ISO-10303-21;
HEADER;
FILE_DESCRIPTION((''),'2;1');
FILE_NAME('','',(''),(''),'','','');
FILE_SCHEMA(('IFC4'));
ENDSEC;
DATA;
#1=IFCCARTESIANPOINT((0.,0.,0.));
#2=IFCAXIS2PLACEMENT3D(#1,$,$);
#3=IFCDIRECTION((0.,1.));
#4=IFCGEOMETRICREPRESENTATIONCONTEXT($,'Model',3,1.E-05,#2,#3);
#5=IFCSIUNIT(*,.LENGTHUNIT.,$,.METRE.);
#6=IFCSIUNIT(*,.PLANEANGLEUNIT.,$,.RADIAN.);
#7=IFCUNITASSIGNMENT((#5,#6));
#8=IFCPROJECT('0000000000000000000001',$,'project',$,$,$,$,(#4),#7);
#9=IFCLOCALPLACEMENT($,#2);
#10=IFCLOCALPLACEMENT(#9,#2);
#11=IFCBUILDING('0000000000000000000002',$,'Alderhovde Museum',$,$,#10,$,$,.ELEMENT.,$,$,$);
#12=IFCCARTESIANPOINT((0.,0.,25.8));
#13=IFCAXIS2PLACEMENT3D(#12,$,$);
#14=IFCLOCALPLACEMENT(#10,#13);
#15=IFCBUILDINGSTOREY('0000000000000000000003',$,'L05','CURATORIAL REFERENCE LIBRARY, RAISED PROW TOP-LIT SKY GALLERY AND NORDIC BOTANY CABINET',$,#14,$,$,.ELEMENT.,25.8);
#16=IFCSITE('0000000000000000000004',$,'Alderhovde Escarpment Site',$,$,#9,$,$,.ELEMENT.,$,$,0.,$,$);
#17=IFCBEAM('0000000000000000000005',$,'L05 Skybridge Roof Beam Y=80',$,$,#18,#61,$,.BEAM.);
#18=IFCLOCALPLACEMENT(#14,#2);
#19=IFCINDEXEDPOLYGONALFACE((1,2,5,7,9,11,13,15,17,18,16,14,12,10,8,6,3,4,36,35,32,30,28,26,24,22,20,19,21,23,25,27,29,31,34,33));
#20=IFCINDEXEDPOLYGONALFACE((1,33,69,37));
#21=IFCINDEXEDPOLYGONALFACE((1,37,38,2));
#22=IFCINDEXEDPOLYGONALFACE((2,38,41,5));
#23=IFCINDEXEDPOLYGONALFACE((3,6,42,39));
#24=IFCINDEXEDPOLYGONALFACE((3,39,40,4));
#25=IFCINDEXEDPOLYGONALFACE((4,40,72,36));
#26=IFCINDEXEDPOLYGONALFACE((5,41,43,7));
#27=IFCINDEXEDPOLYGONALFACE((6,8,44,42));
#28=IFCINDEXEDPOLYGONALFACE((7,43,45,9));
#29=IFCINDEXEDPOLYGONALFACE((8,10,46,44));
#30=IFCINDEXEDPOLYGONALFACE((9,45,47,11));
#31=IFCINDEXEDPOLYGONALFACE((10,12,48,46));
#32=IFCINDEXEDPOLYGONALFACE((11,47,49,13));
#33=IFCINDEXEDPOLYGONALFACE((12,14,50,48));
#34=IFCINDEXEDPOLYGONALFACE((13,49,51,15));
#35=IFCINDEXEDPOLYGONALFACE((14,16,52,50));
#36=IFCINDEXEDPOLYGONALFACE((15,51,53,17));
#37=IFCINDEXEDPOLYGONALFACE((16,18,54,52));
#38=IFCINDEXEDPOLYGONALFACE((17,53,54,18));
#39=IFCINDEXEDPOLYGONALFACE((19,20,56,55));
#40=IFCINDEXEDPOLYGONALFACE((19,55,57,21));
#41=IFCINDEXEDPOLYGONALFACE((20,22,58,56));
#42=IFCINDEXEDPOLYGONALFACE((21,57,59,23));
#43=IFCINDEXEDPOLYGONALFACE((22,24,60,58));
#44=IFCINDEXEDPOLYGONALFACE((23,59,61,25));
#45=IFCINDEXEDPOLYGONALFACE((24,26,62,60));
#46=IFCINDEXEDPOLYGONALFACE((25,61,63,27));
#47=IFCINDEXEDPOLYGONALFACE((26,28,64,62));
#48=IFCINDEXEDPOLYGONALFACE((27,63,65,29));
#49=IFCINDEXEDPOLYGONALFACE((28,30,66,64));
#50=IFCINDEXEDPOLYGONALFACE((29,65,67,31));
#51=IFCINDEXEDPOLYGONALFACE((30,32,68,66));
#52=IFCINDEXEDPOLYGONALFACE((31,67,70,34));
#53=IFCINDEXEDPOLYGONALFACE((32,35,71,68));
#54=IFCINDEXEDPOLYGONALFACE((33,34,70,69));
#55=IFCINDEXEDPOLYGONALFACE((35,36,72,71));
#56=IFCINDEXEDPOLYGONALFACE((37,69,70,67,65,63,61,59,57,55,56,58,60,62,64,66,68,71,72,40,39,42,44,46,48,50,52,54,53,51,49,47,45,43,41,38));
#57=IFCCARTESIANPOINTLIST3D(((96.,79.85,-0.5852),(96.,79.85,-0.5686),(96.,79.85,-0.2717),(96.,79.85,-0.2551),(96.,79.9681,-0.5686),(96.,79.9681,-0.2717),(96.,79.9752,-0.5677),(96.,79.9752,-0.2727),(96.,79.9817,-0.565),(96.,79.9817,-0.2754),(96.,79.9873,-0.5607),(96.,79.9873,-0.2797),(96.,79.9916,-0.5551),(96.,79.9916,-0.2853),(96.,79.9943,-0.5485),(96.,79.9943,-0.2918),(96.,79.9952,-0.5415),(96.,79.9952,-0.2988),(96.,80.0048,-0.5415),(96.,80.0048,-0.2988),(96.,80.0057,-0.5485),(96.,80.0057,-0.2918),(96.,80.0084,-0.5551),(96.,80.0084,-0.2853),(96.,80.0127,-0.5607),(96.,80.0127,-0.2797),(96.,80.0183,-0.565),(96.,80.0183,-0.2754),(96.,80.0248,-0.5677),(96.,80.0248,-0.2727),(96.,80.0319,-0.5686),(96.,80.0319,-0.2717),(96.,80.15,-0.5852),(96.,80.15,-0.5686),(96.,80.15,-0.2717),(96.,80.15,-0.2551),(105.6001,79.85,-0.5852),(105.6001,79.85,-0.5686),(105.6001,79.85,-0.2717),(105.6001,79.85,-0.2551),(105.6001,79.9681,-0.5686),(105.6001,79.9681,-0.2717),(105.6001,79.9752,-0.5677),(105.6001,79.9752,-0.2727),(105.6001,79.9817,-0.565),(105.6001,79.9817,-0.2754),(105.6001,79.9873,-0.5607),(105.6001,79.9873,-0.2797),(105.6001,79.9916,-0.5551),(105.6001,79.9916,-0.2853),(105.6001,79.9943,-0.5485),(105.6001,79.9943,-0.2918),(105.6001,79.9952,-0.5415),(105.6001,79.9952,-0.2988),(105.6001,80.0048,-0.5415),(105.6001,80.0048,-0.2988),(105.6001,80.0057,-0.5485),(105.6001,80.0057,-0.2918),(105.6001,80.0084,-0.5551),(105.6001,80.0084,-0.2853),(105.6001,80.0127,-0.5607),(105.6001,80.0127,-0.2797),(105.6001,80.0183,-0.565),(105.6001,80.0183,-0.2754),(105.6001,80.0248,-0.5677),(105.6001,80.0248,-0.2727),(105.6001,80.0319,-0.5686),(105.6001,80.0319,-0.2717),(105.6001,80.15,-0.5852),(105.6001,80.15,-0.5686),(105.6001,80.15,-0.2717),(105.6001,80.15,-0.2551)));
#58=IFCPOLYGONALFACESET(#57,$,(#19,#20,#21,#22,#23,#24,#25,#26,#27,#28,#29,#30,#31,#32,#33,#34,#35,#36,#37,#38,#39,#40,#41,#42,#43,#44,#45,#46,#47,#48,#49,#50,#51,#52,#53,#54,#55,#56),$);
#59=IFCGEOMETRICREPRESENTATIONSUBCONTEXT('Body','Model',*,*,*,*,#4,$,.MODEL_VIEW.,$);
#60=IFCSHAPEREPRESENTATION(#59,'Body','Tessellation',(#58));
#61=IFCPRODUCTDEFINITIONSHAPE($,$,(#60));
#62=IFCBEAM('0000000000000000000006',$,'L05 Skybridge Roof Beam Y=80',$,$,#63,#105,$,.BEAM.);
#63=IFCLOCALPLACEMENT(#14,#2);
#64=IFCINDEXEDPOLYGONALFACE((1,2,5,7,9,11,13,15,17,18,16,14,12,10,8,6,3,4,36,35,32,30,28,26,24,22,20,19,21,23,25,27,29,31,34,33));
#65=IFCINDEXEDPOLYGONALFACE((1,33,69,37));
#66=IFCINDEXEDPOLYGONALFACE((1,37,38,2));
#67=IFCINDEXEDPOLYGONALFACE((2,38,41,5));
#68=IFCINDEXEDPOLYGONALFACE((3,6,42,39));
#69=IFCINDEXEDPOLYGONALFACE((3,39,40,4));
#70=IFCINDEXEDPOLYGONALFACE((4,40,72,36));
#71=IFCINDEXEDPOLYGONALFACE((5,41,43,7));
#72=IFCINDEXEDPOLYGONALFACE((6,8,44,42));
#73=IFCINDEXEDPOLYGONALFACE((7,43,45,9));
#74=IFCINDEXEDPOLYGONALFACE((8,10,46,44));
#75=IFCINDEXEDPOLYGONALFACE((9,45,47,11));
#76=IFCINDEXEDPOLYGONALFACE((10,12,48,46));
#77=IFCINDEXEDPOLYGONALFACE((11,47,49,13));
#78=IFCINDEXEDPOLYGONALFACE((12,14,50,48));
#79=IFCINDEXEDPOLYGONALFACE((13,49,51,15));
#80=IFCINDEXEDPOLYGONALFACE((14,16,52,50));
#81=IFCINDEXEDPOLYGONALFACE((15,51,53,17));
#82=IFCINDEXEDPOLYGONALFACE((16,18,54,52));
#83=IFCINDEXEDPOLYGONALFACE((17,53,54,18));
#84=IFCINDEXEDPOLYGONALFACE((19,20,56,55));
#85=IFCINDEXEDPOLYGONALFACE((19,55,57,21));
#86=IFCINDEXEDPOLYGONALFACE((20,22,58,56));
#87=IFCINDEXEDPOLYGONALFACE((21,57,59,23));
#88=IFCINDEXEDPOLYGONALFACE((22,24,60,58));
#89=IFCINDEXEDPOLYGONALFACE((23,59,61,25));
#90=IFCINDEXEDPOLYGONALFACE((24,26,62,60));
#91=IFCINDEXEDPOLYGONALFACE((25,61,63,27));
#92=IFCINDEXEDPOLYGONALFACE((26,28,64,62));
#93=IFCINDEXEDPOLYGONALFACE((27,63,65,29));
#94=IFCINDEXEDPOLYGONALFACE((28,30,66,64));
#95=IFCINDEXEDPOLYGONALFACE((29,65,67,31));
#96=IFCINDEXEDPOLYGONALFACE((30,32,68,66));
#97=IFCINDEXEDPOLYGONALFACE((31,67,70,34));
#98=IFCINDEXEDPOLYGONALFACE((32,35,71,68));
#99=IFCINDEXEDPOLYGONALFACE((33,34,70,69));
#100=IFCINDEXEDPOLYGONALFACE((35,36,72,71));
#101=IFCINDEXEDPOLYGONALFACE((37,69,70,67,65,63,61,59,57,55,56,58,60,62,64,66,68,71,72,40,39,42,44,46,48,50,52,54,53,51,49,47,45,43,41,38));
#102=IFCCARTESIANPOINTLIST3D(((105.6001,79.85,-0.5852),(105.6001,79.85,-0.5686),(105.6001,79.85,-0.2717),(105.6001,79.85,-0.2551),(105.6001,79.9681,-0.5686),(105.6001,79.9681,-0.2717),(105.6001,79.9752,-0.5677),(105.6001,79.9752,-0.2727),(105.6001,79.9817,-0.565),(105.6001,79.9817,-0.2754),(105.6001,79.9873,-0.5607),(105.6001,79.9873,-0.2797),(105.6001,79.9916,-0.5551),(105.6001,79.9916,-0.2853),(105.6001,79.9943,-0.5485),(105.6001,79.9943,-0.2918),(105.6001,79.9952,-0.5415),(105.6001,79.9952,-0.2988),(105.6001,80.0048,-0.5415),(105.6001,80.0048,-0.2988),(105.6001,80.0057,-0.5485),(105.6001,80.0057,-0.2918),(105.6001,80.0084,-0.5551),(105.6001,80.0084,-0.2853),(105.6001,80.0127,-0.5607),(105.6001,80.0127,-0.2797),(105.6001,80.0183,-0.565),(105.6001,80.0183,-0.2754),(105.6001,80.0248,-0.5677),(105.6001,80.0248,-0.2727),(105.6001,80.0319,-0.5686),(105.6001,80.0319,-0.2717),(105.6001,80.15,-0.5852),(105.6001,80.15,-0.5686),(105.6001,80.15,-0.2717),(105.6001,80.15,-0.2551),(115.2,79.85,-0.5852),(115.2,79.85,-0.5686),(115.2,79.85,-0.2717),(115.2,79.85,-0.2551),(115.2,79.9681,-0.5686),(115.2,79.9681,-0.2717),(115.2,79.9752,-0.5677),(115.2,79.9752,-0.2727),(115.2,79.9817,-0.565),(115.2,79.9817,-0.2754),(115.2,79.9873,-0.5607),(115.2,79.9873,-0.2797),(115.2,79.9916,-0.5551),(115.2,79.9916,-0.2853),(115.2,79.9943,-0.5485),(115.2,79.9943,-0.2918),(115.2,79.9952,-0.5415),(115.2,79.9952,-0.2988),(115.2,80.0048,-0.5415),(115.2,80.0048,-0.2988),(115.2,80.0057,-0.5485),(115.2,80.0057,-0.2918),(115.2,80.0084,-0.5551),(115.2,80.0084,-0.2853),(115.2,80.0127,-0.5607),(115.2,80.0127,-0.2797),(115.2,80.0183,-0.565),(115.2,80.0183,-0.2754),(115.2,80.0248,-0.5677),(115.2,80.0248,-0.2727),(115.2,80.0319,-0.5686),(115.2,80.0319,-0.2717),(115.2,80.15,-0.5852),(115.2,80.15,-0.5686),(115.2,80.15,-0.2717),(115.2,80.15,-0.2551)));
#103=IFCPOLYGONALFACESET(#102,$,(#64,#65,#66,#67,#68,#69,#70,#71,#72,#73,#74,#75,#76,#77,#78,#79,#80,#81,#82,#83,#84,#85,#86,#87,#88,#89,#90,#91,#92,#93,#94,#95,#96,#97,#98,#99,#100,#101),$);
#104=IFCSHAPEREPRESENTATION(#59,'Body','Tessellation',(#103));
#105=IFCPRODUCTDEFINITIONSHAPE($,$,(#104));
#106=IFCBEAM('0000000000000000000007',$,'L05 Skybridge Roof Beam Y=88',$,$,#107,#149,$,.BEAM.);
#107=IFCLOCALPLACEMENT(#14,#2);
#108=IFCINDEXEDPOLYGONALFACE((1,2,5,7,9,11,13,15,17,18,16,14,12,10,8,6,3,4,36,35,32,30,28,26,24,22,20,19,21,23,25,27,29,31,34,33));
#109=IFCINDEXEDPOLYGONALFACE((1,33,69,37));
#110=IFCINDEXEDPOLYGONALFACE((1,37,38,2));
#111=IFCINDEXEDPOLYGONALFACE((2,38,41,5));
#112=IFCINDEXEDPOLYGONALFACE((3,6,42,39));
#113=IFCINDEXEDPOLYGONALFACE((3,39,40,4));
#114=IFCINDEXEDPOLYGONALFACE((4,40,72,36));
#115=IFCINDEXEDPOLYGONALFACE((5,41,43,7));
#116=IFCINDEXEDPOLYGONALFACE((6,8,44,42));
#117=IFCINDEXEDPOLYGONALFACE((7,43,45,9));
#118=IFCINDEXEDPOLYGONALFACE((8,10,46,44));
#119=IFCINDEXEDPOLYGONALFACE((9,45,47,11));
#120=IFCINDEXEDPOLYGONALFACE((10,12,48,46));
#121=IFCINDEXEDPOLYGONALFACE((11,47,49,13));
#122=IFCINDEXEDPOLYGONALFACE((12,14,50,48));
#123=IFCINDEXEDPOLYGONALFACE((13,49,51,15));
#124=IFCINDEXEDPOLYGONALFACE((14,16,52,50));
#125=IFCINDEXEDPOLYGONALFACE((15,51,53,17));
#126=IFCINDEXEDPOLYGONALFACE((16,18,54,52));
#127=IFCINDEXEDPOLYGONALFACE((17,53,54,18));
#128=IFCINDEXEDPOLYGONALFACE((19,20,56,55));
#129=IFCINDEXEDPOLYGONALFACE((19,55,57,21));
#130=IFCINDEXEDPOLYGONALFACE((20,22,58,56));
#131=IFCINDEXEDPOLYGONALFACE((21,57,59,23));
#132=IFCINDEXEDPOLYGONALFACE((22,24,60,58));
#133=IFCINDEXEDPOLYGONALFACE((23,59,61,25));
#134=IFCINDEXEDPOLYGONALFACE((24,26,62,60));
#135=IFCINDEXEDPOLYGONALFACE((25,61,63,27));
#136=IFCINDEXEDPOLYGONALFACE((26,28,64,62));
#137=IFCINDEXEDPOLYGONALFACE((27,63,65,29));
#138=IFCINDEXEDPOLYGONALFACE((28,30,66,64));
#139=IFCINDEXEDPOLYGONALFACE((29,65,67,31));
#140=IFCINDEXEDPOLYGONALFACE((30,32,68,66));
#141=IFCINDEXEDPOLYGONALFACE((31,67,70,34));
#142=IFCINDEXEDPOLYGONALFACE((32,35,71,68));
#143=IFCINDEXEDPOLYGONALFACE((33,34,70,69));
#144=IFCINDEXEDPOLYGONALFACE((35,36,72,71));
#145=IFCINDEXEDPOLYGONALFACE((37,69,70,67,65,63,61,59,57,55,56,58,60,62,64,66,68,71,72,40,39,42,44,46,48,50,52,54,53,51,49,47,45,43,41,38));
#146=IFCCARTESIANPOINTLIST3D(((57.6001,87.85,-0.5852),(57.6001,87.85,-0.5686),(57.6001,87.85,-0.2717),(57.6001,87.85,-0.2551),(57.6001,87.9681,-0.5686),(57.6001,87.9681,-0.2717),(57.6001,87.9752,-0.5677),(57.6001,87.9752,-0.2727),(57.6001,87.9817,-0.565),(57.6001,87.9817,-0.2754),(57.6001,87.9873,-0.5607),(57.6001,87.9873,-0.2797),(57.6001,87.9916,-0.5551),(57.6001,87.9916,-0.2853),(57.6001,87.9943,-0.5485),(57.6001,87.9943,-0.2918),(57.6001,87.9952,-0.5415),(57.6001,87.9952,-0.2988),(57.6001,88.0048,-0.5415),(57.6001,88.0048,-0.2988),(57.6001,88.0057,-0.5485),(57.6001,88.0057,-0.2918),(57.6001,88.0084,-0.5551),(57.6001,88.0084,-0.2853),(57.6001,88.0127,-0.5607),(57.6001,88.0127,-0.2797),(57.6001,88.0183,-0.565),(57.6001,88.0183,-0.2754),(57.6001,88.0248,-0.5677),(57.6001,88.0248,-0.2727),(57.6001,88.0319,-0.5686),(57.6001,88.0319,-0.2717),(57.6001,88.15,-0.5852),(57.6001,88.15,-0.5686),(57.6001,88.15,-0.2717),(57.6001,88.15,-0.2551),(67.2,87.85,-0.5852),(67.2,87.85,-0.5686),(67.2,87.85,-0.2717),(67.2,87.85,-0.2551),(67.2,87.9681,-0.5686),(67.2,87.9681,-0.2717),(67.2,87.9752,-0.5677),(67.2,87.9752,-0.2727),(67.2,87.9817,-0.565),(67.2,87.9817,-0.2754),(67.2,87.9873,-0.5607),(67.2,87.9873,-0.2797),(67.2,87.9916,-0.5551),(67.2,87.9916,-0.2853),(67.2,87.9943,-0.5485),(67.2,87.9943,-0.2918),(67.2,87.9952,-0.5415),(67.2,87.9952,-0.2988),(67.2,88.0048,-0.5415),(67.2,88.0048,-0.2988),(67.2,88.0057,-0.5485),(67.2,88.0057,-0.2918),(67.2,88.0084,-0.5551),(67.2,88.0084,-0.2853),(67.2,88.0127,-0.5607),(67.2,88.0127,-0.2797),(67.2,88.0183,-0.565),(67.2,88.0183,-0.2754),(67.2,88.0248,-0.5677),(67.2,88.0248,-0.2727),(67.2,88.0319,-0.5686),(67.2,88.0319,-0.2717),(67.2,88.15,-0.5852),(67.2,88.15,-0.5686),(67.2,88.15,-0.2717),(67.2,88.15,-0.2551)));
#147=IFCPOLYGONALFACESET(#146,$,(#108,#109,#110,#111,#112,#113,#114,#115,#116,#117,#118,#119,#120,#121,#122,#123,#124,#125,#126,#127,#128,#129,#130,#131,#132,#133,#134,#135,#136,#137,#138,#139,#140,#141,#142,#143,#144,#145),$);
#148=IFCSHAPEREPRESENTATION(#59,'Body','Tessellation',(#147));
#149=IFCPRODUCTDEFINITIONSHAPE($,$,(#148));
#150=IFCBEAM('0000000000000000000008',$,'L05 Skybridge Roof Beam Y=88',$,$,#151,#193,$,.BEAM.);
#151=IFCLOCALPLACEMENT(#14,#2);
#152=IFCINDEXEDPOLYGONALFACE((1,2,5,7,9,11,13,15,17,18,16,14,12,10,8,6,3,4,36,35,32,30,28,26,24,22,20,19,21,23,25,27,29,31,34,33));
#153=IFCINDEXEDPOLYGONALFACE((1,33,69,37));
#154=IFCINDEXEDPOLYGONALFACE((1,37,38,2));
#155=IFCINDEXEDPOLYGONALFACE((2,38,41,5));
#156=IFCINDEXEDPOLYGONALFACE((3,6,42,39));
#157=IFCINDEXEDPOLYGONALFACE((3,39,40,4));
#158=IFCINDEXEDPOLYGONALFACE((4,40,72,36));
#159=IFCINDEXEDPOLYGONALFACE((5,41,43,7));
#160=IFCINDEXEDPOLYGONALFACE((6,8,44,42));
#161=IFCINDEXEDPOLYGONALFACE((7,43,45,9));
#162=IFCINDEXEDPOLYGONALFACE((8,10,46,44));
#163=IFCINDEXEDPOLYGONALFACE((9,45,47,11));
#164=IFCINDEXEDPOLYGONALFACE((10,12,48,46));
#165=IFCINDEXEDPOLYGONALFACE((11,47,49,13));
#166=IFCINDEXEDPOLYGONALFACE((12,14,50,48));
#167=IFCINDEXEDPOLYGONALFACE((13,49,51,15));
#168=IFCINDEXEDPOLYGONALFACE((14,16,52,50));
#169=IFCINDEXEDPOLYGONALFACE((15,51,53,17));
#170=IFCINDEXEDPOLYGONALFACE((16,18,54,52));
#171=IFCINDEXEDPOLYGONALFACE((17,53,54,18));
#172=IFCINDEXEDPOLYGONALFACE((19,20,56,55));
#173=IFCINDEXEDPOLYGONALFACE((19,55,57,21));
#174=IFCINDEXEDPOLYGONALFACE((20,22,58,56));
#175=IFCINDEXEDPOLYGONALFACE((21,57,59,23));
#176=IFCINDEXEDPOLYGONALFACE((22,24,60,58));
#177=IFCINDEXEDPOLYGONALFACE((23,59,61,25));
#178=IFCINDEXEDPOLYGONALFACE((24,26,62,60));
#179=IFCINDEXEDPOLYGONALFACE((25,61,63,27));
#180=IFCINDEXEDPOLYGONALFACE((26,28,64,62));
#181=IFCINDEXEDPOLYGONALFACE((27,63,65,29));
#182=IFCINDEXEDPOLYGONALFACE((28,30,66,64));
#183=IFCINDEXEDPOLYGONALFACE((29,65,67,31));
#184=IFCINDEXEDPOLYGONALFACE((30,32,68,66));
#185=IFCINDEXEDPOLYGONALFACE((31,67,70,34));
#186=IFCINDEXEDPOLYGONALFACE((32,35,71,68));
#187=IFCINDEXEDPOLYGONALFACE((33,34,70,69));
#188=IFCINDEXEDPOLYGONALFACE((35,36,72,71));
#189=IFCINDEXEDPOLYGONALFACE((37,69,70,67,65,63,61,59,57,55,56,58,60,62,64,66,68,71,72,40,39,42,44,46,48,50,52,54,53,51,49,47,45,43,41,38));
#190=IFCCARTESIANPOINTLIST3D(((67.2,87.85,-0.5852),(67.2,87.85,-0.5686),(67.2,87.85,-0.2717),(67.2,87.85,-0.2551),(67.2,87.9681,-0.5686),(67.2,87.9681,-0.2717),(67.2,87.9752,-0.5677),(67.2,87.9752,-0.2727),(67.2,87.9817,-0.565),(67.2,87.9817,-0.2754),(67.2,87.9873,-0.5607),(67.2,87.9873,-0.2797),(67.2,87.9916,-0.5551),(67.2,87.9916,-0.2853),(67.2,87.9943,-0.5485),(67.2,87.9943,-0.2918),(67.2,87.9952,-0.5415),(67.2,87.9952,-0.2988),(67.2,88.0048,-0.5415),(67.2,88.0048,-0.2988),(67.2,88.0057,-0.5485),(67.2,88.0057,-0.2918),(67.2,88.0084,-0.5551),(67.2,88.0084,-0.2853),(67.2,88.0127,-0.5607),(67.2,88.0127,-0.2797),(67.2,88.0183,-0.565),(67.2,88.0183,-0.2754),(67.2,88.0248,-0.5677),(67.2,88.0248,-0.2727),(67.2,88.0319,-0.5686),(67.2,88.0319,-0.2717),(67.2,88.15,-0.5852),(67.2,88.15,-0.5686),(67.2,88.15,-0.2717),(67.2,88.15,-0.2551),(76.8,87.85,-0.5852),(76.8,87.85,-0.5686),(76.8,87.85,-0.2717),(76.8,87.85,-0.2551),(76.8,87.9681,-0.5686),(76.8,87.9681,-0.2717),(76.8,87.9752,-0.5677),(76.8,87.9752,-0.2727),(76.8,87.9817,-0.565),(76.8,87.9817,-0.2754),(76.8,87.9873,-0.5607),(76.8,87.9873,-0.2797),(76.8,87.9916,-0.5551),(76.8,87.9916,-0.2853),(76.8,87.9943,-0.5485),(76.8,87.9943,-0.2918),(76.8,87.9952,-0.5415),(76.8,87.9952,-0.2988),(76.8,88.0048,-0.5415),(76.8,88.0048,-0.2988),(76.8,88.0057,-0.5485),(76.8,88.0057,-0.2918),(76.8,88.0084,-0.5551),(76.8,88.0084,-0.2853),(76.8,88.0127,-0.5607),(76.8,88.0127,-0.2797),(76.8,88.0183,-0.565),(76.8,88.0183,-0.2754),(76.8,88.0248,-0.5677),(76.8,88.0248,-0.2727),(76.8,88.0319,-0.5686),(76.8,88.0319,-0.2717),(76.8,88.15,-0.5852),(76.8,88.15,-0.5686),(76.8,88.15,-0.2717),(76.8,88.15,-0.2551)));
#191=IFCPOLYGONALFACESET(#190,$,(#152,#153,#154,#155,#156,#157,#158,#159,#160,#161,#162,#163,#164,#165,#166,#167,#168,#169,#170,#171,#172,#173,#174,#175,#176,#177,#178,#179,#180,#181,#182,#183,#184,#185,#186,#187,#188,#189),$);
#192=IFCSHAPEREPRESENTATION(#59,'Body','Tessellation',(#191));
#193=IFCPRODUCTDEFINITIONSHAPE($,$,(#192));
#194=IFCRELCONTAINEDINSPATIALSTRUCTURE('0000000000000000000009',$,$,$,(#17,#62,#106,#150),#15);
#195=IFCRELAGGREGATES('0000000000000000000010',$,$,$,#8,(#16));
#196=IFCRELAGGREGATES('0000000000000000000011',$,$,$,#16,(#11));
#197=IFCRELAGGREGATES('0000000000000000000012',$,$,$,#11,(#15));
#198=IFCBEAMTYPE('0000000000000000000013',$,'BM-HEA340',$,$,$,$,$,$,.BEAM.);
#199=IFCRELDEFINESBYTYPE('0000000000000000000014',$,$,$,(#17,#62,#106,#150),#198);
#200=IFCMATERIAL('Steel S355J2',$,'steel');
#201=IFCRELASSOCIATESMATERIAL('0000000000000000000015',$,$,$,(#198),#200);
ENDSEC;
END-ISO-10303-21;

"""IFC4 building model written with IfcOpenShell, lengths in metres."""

from ifc_helpers import new_model, si_unit, direction, frame, origin, origin_2d, place, context, subcontext, project, spatial, i_section, extrude, material, material_profile, profile_set, type_object, element, save


model = new_model("IFC4")

# Units and contexts
model_context = context("Model", 3, precision=1e-05, world=origin(), true_north=direction((0.0, 1.0)))
body_context = subcontext(model_context, "Body", "Model", "MODEL_VIEW")
ifc_project = project(units=[si_unit("LENGTHUNIT", "METRE"), si_unit("PLANEANGLEUNIT", "RADIAN")], contexts=[model_context])

# Site, building, storey
site_placement = place(None, origin())
site = spatial("IfcSite", under=ifc_project, at=site_placement, Name="Alderhovde Escarpment Site", CompositionType="ELEMENT", RefElevation=0.0)
building_placement = place(site_placement, origin())
building = spatial("IfcBuilding", under=site, at=building_placement, Name="Alderhovde Museum", CompositionType="ELEMENT")
storey_placement = place(building_placement, frame((0.0, 0.0, 25.8)))
storey = spatial("IfcBuildingStorey", under=building, at=storey_placement, Name="L05", Description="CURATORIAL REFERENCE LIBRARY, RAISED PROW TOP-LIT SKY GALLERY AND NORDIC BOTANY CABINET", CompositionType="ELEMENT", Elevation=25.8)

# Beams
ifc_material_1 = material(Name="Steel S355J2", Category="steel")
ifc_material_profile = material_profile(ifc_material_1, i_section(OverallWidth=0.3, OverallDepth=0.3301, WebThickness=0.0095, FlangeThickness=0.0166, FilletRadius=0.0271, at=origin_2d()), Name="HEA 340")
ifc_profile_set = profile_set([ifc_material_profile], Name="Steel S355J2")
beam_type = type_object("IfcBeamType", Name="BM-HEA340", PredefinedType="BEAM", material=ifc_profile_set)
for number, where, z_axis, x_axis, name in (
    (1, (96.0, 80.0, -0.4202), (1.0, 0.0, 0.0), (0.0, 1.0, 0.0), "L05 Skybridge Roof Beam Y=80"),
):
    element("IfcBeam", number, at=place(storey_placement, frame(where, z_axis=z_axis, x_axis=x_axis)), inside=storey, type_object=beam_type, Name=name, PredefinedType="BEAM", context=body_context, shape_type="SweptSolid", body=[
        extrude(i_section(OverallWidth=0.3, OverallDepth=0.3301, WebThickness=0.0095, FlangeThickness=0.0166, FilletRadius=0.0271, at=origin_2d()), origin(), (0.0, 0.0, 1.0), 9.6001),
    ])
for number, where, z_axis, x_axis, name in (
    (2, (105.6001, 80.0, -0.4202), (1.0, 0.0, 0.0), (0.0, 1.0, 0.0), "L05 Skybridge Roof Beam Y=80"),
    (3, (57.6001, 88.0, -0.4202), (1.0, 0.0, 0.0), (0.0, 1.0, 0.0), "L05 Skybridge Roof Beam Y=88"),
):
    element("IfcBeam", number, at=place(storey_placement, frame(where, z_axis=z_axis, x_axis=x_axis)), inside=storey, type_object=beam_type, Name=name, PredefinedType="BEAM", context=body_context, shape_type="SweptSolid", body=[
        extrude(i_section(OverallWidth=0.3, OverallDepth=0.3301, WebThickness=0.0095, FlangeThickness=0.0166, FilletRadius=0.0271, at=origin_2d()), origin(), (0.0, 0.0, 1.0), 9.5999),
    ])
beam_1_placement = place(storey_placement, frame((67.2, 88.0, -0.4202), z_axis=(1.0, 0.0, 0.0), x_axis=(0.0, 1.0, 0.0)))
element("IfcBeam", 4, at=beam_1_placement, inside=storey, type_object=beam_type, Name="L05 Skybridge Roof Beam Y=88", PredefinedType="BEAM", context=body_context, shape_type="SweptSolid", body=[
    extrude(i_section(OverallWidth=0.3, OverallDepth=0.3301, WebThickness=0.0095, FlangeThickness=0.0166, FilletRadius=0.0271, at=origin_2d()), origin(), (0.0, 0.0, 1.0), 9.6001),
])

save(model, "model.ifc")
